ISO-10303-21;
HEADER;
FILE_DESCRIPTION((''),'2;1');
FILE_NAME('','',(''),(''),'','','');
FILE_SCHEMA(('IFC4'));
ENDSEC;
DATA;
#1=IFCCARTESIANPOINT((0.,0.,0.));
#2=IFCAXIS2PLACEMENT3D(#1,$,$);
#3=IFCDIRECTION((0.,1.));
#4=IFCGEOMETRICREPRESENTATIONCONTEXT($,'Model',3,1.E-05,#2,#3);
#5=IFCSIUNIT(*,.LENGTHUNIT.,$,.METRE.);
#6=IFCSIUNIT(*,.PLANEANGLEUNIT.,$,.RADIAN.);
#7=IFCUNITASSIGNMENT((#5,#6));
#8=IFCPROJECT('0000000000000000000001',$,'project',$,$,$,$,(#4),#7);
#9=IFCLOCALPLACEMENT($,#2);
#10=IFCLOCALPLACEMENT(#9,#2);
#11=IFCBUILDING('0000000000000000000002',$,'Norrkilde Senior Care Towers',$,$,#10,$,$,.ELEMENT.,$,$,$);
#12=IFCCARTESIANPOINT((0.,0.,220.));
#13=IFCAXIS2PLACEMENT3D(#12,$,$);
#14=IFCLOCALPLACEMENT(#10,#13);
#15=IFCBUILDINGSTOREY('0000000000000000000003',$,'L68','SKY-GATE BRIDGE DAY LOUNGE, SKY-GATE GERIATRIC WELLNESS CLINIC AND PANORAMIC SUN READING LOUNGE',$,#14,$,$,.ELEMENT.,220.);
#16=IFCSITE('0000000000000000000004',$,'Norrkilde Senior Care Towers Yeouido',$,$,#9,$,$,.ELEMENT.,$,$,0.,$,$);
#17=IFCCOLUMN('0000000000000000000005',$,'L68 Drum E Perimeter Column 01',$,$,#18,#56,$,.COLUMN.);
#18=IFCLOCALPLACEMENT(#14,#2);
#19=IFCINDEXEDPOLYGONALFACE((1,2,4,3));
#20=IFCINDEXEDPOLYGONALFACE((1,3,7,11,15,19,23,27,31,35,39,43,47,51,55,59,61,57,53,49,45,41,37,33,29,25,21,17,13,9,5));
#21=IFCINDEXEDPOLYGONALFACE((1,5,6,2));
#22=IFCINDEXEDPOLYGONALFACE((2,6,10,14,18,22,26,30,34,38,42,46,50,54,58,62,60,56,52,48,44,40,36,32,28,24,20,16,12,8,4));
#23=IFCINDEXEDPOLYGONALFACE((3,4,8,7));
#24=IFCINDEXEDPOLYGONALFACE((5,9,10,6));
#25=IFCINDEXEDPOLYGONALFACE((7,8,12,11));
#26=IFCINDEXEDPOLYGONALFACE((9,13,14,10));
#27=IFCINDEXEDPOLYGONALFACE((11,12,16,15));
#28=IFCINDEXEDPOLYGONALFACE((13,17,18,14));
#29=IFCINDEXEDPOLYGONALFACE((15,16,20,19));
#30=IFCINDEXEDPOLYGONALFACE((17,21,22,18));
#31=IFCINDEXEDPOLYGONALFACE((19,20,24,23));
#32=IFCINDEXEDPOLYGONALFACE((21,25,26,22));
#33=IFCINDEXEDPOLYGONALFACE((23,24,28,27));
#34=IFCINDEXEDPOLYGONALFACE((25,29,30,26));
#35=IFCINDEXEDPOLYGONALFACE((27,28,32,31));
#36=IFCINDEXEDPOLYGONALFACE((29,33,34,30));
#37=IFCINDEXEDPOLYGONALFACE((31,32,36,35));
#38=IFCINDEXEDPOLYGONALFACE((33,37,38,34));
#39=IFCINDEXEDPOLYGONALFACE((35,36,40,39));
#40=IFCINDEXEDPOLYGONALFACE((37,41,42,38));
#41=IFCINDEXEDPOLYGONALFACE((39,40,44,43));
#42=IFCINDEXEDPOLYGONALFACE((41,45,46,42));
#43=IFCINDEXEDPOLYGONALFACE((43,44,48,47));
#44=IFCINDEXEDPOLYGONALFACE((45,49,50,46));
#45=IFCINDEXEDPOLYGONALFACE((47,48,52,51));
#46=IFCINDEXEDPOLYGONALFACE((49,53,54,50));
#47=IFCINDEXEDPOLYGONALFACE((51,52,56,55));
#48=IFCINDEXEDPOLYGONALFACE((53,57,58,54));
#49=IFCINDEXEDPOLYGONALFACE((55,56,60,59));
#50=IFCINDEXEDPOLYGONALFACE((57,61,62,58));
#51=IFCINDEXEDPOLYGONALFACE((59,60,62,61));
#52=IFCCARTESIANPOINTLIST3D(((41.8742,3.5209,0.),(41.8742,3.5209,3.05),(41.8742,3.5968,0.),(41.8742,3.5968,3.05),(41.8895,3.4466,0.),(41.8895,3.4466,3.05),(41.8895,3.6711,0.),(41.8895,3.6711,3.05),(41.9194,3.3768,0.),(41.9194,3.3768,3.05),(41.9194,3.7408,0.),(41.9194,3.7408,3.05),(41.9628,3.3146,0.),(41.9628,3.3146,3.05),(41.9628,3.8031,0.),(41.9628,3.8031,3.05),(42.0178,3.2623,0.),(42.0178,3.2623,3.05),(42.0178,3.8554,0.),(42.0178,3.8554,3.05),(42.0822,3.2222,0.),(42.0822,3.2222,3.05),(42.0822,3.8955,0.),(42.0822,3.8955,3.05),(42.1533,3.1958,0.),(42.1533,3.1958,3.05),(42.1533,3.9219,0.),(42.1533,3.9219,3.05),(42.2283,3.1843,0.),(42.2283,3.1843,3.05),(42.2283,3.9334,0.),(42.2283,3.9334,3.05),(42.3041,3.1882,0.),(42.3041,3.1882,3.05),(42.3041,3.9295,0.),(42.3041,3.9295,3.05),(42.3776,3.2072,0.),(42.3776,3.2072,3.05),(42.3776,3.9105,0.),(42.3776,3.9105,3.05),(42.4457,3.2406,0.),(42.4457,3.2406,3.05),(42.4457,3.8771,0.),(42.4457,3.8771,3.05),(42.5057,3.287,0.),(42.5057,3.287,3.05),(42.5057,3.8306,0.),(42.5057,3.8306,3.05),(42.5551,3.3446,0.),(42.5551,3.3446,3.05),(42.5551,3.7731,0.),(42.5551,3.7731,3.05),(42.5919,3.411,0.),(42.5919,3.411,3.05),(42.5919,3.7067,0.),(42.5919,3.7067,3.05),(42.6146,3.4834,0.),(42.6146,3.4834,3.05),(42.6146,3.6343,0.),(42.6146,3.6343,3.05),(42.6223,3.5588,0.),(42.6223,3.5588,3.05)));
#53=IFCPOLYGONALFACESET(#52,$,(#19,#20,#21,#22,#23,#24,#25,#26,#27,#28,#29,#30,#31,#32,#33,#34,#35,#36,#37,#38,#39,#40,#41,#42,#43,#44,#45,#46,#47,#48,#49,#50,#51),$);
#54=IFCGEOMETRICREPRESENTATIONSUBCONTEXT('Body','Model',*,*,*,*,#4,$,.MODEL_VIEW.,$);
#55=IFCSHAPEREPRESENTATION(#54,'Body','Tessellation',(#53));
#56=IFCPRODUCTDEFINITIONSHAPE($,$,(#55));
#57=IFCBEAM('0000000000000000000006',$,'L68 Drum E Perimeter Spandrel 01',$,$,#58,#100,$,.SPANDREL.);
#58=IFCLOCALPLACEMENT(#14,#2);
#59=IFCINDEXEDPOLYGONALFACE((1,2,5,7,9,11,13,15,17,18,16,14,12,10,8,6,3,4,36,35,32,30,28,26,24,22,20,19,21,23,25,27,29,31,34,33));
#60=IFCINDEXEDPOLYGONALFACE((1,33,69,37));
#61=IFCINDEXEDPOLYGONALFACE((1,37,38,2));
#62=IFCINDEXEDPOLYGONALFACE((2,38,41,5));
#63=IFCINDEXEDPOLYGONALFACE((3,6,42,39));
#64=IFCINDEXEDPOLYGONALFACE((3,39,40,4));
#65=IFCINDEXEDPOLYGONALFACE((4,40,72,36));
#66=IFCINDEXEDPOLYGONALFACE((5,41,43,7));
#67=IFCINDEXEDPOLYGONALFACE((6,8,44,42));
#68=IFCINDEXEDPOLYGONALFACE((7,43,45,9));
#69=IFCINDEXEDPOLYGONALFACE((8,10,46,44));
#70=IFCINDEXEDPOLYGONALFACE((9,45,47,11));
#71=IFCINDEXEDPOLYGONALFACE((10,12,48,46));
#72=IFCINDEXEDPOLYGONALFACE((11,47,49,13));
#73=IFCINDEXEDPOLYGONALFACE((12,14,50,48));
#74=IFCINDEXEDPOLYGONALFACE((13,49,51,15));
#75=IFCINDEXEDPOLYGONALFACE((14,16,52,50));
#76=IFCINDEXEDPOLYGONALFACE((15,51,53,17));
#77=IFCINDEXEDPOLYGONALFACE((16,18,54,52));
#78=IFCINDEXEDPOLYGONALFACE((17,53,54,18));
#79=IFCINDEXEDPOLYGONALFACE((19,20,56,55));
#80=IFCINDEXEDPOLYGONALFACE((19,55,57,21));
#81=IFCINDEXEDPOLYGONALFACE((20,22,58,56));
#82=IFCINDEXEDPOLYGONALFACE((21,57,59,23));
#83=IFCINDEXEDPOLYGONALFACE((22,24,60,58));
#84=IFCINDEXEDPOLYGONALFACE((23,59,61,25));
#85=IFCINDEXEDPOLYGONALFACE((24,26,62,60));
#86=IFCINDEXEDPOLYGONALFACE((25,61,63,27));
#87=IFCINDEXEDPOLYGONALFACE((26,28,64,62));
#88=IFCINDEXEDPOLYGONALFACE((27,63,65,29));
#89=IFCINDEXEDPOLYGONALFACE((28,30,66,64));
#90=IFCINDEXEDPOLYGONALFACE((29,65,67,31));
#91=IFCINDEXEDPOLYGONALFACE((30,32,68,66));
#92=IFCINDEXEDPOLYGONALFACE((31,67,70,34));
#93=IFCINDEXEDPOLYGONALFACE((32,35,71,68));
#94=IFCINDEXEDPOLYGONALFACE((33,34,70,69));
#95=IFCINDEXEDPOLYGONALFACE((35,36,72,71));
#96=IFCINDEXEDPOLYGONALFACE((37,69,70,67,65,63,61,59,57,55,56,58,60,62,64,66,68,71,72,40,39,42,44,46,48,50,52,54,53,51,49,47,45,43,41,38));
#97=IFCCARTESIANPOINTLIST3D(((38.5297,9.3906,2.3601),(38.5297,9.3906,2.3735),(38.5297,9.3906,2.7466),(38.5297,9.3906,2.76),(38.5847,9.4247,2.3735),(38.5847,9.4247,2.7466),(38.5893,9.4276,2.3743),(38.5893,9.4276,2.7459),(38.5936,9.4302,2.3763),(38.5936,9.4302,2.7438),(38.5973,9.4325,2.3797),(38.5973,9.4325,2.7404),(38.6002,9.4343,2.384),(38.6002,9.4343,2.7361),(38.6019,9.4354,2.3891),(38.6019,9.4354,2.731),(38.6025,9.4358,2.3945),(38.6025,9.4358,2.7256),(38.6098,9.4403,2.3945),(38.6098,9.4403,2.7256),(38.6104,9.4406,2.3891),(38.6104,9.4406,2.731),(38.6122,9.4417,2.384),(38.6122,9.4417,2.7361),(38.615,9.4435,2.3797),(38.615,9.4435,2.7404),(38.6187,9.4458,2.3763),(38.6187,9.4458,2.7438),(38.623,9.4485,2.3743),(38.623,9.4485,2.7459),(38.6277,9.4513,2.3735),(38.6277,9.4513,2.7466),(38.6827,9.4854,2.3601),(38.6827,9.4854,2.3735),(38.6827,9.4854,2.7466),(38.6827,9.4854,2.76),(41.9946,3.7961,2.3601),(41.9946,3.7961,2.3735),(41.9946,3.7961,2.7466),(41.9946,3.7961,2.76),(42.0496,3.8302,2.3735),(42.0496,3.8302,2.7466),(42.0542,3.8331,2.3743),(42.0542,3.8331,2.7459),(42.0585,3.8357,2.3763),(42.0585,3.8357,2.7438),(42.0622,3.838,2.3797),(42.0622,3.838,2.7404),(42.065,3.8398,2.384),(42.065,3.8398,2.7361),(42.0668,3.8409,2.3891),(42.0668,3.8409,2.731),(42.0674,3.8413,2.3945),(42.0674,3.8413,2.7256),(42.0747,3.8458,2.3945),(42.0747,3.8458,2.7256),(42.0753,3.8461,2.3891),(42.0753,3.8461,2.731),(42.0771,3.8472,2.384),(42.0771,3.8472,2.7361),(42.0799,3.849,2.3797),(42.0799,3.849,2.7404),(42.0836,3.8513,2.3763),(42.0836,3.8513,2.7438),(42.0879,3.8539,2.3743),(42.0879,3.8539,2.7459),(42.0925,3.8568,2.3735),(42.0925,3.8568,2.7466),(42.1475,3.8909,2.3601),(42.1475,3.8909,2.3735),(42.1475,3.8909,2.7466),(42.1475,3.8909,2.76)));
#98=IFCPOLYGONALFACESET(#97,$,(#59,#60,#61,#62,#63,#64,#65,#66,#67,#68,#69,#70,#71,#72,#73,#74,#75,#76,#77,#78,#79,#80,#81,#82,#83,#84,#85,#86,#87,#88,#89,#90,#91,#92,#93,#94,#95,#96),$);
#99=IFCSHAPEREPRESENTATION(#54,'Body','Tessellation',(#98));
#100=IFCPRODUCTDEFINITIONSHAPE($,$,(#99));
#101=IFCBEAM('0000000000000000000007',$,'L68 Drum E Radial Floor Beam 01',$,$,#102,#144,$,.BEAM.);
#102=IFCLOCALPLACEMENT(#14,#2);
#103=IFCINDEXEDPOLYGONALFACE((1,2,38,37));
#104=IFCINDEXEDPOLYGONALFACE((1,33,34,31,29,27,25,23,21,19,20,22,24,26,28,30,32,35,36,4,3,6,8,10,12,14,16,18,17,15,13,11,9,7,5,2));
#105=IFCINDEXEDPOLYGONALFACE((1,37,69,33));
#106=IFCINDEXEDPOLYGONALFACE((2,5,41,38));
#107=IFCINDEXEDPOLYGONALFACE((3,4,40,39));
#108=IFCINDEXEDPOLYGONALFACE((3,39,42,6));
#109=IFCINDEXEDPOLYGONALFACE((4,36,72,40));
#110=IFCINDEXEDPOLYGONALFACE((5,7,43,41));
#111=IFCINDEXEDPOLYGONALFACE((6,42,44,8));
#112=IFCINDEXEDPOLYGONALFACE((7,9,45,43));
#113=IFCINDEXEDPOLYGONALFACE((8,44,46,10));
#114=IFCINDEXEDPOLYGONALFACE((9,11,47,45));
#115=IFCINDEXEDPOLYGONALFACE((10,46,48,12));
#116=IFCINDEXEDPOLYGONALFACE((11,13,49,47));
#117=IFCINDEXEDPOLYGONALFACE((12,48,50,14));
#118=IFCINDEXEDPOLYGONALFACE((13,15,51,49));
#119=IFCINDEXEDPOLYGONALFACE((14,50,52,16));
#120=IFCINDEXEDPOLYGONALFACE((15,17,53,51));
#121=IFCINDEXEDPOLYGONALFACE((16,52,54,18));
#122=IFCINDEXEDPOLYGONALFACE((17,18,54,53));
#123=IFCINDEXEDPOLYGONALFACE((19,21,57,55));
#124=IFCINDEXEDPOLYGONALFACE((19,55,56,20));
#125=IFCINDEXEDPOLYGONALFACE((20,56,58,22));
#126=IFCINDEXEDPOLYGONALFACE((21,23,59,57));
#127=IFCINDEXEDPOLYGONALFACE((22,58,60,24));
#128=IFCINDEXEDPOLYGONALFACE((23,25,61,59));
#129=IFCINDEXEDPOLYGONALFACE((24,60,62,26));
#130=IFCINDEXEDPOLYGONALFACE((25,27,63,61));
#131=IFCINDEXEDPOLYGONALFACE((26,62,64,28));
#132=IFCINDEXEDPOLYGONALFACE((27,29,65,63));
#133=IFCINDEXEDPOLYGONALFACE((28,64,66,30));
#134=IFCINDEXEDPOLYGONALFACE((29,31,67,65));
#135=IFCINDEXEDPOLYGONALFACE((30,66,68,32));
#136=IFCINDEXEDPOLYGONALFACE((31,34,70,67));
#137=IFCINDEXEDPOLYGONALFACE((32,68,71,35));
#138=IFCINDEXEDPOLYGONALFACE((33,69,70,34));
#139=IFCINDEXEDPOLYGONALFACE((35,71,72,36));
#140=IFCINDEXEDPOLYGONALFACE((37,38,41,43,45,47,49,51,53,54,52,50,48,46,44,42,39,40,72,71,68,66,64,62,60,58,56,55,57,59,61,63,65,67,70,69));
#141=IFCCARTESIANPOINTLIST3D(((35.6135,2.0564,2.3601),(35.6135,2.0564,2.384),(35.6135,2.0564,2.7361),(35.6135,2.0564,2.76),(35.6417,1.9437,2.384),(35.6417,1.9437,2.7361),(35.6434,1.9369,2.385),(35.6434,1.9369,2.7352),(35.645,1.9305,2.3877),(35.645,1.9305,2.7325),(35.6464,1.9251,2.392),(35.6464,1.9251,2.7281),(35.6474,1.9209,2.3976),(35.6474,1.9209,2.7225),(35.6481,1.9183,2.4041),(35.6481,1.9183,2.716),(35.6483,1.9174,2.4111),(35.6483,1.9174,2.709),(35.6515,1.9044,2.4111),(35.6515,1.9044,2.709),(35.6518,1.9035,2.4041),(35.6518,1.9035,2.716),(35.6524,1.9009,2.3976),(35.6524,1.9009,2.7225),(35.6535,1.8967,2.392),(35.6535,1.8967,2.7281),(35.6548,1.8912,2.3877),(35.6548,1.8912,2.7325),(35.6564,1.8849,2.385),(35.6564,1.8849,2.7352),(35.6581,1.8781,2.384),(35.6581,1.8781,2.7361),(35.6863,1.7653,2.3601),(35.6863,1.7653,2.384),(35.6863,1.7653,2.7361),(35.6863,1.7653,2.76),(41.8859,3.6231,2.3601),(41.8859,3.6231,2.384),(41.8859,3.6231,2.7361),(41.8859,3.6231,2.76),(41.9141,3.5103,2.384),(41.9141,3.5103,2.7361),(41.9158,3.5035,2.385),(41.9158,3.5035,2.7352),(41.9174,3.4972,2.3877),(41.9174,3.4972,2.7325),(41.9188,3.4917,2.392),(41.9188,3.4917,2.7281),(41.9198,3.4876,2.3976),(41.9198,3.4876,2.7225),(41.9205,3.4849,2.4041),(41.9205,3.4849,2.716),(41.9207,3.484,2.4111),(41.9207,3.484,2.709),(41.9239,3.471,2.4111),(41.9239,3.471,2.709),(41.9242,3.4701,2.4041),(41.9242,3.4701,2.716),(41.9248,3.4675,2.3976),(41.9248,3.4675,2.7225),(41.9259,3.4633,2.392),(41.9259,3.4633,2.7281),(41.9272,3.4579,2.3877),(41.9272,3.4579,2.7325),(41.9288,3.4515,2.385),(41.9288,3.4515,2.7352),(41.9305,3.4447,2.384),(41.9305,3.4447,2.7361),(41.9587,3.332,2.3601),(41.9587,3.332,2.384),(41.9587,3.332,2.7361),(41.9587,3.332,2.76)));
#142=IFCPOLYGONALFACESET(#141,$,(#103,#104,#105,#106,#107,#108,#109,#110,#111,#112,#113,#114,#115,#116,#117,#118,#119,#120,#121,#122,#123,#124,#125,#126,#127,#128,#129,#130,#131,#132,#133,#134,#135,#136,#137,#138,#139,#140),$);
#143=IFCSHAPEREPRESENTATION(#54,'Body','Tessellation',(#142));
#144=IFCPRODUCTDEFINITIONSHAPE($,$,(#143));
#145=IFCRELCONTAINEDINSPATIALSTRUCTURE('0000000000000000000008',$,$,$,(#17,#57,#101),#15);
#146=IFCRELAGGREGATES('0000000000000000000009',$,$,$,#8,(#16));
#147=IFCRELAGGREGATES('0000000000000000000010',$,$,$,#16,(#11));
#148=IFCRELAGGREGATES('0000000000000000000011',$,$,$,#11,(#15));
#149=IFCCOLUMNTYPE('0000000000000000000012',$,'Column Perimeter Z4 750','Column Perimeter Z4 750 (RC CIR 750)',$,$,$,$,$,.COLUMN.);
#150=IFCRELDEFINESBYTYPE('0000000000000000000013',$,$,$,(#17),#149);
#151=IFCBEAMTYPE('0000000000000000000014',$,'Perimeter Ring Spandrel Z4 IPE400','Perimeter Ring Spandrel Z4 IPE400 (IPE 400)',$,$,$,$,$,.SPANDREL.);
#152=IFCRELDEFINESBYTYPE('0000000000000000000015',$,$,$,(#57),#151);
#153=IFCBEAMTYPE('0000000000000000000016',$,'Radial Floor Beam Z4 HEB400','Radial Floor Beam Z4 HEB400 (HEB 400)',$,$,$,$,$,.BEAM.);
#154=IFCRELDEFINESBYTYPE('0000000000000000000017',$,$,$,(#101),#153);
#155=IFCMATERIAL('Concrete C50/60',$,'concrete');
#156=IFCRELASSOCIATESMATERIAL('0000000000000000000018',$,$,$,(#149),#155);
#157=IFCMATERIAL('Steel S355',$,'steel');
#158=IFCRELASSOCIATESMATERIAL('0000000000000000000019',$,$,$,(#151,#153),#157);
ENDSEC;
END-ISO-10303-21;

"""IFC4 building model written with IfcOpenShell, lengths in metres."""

from ifc_helpers import new_model, si_unit, direction, frame, origin, origin_2d, place, context, subcontext, project, spatial, circle, i_section, extrude, source, transform, mapped, material, material_profile, profile_set, type_object, type_shapes, element, save


model = new_model("IFC4")

# Units and contexts
model_context = context("Model", 3, precision=1e-05, world=origin(), true_north=direction((0.0, 1.0)))
body_context = subcontext(model_context, "Body", "Model", "MODEL_VIEW")
ifc_project = project(units=[si_unit("LENGTHUNIT", "METRE"), si_unit("PLANEANGLEUNIT", "RADIAN")], contexts=[model_context])

# Site, building, storey
site_placement = place(None, origin())
site = spatial("IfcSite", under=ifc_project, at=site_placement, Name="Norrkilde Senior Care Towers Yeouido", CompositionType="ELEMENT", RefElevation=0.0)
building_placement = place(site_placement, origin())
building = spatial("IfcBuilding", under=site, at=building_placement, Name="Norrkilde Senior Care Towers", CompositionType="ELEMENT")
storey_placement = place(building_placement, frame((0.0, 0.0, 220.0)))
storey = spatial("IfcBuildingStorey", under=building, at=storey_placement, Name="L68", Description="SKY-GATE BRIDGE DAY LOUNGE, SKY-GATE GERIATRIC WELLNESS CLINIC AND PANORAMIC SUN READING LOUNGE", CompositionType="ELEMENT", Elevation=220.0)

# Column
ifc_material_1 = material(Name="Concrete C50/60", Category="concrete")
ifc_material_profile_1 = material_profile(ifc_material_1, circle(Radius=0.375, at=origin_2d()), Name="RC CIR 750")
ifc_profile_set_1 = profile_set([ifc_material_profile_1], Name="Concrete C50/60")
column_type = type_object("IfcColumnType", Name="Column Perimeter Z4 750", Description="Column Perimeter Z4 750 (RC CIR 750)", PredefinedType="COLUMN", material=ifc_profile_set_1)
shared_shape_1 = source(origin(), body_context, "Body", "SweptSolid", [
    extrude(circle(Radius=0.375, at=origin_2d()), origin(), (0.0, 0.0, 1.0), 3.05),
])
type_shapes(column_type, [shared_shape_1])
column_placement = place(storey_placement, frame((42.2473, 3.5588, 0.0), z_axis=(0.0, 0.0, 1.0), x_axis=(1.0, 0.0, 0.0)))
element("IfcColumn", 1, at=column_placement, inside=storey, type_object=column_type, Name="L68 Drum E Perimeter Column 01", PredefinedType="COLUMN", context=body_context, shape_type="MappedRepresentation", body=[
    mapped(shared_shape_1, transform((0.0, 0.0, 0.0), x_axis=(1.0, 0.0, 0.0), y_axis=(0.0, 1.0, 0.0), z_axis=(0.0, 0.0, 1.0), scale=1.0)),
])

# Beams
ifc_material_2 = material(Name="Steel S355", Category="steel")
ifc_material_profile_2 = material_profile(ifc_material_2, i_section(OverallWidth=0.1799, OverallDepth=0.3999, WebThickness=0.0085, FlangeThickness=0.0134, FilletRadius=0.021, at=origin_2d()), Name="IPE 400")
ifc_profile_set_2 = profile_set([ifc_material_profile_2], Name="Steel S355")
beam_type_1 = type_object("IfcBeamType", Name="Perimeter Ring Spandrel Z4 IPE400", Description="Perimeter Ring Spandrel Z4 IPE400 (IPE 400)", PredefinedType="SPANDREL", material=ifc_profile_set_2)
shared_shape_2 = source(origin(), body_context, "Body", "SweptSolid", [
    extrude(i_section(OverallWidth=0.1799, OverallDepth=0.3999, WebThickness=0.0085, FlangeThickness=0.0134, FilletRadius=0.021, at=origin_2d()), origin(), (0.0, 0.0, 1.0), 6.5806),
])
type_shapes(beam_type_1, [shared_shape_2])
beam_1_placement = place(storey_placement, frame((42.071, 3.8435, 2.5601), z_axis=(-0.52653, 0.850157, 0.0), x_axis=(-0.850157, -0.52653, 0.0)))
element("IfcBeam", 2, at=beam_1_placement, inside=storey, type_object=beam_type_1, Name="L68 Drum E Perimeter Spandrel 01", PredefinedType="SPANDREL", context=body_context, shape_type="MappedRepresentation", body=[
    mapped(shared_shape_2, transform((0.0, 0.0, 0.0), x_axis=(1.0, 0.0, 0.0), y_axis=(0.0, 1.0, 0.0), z_axis=(0.0, 0.0, 1.0), scale=1.0)),
])
ifc_material_profile_3 = material_profile(ifc_material_2, i_section(OverallWidth=0.3, OverallDepth=0.3999, WebThickness=0.0134, FlangeThickness=0.0239, FilletRadius=0.0271, at=origin_2d()), Name="HEB 400")
ifc_profile_set_3 = profile_set([ifc_material_profile_3], Name="Steel S355")
beam_type_2 = type_object("IfcBeamType", Name="Radial Floor Beam Z4 HEB400", Description="Radial Floor Beam Z4 HEB400 (HEB 400)", PredefinedType="BEAM", material=ifc_profile_set_3)
shared_shape_3 = source(origin(), body_context, "Body", "SweptSolid", [
    extrude(i_section(OverallWidth=0.3, OverallDepth=0.3999, WebThickness=0.0134, FlangeThickness=0.0239, FilletRadius=0.0271, at=origin_2d()), origin(), (0.0, 0.0, 1.0), 6.4651),
])
type_shapes(beam_type_2, [shared_shape_3])
beam_2_placement = place(storey_placement, frame((35.6499, 1.9109, 2.5601), z_axis=(0.970196, 0.242322, 0.0), x_axis=(-0.242322, 0.970196, 0.0)))
element("IfcBeam", 3, at=beam_2_placement, inside=storey, type_object=beam_type_2, Name="L68 Drum E Radial Floor Beam 01", PredefinedType="BEAM", context=body_context, shape_type="MappedRepresentation", body=[
    mapped(shared_shape_3, transform((0.0, 0.0, 0.0), x_axis=(1.0, 0.0, 0.0), y_axis=(0.0, 1.0, 0.0), z_axis=(0.0, 0.0, 1.0), scale=1.0)),
])

save(model, "model.ifc")
